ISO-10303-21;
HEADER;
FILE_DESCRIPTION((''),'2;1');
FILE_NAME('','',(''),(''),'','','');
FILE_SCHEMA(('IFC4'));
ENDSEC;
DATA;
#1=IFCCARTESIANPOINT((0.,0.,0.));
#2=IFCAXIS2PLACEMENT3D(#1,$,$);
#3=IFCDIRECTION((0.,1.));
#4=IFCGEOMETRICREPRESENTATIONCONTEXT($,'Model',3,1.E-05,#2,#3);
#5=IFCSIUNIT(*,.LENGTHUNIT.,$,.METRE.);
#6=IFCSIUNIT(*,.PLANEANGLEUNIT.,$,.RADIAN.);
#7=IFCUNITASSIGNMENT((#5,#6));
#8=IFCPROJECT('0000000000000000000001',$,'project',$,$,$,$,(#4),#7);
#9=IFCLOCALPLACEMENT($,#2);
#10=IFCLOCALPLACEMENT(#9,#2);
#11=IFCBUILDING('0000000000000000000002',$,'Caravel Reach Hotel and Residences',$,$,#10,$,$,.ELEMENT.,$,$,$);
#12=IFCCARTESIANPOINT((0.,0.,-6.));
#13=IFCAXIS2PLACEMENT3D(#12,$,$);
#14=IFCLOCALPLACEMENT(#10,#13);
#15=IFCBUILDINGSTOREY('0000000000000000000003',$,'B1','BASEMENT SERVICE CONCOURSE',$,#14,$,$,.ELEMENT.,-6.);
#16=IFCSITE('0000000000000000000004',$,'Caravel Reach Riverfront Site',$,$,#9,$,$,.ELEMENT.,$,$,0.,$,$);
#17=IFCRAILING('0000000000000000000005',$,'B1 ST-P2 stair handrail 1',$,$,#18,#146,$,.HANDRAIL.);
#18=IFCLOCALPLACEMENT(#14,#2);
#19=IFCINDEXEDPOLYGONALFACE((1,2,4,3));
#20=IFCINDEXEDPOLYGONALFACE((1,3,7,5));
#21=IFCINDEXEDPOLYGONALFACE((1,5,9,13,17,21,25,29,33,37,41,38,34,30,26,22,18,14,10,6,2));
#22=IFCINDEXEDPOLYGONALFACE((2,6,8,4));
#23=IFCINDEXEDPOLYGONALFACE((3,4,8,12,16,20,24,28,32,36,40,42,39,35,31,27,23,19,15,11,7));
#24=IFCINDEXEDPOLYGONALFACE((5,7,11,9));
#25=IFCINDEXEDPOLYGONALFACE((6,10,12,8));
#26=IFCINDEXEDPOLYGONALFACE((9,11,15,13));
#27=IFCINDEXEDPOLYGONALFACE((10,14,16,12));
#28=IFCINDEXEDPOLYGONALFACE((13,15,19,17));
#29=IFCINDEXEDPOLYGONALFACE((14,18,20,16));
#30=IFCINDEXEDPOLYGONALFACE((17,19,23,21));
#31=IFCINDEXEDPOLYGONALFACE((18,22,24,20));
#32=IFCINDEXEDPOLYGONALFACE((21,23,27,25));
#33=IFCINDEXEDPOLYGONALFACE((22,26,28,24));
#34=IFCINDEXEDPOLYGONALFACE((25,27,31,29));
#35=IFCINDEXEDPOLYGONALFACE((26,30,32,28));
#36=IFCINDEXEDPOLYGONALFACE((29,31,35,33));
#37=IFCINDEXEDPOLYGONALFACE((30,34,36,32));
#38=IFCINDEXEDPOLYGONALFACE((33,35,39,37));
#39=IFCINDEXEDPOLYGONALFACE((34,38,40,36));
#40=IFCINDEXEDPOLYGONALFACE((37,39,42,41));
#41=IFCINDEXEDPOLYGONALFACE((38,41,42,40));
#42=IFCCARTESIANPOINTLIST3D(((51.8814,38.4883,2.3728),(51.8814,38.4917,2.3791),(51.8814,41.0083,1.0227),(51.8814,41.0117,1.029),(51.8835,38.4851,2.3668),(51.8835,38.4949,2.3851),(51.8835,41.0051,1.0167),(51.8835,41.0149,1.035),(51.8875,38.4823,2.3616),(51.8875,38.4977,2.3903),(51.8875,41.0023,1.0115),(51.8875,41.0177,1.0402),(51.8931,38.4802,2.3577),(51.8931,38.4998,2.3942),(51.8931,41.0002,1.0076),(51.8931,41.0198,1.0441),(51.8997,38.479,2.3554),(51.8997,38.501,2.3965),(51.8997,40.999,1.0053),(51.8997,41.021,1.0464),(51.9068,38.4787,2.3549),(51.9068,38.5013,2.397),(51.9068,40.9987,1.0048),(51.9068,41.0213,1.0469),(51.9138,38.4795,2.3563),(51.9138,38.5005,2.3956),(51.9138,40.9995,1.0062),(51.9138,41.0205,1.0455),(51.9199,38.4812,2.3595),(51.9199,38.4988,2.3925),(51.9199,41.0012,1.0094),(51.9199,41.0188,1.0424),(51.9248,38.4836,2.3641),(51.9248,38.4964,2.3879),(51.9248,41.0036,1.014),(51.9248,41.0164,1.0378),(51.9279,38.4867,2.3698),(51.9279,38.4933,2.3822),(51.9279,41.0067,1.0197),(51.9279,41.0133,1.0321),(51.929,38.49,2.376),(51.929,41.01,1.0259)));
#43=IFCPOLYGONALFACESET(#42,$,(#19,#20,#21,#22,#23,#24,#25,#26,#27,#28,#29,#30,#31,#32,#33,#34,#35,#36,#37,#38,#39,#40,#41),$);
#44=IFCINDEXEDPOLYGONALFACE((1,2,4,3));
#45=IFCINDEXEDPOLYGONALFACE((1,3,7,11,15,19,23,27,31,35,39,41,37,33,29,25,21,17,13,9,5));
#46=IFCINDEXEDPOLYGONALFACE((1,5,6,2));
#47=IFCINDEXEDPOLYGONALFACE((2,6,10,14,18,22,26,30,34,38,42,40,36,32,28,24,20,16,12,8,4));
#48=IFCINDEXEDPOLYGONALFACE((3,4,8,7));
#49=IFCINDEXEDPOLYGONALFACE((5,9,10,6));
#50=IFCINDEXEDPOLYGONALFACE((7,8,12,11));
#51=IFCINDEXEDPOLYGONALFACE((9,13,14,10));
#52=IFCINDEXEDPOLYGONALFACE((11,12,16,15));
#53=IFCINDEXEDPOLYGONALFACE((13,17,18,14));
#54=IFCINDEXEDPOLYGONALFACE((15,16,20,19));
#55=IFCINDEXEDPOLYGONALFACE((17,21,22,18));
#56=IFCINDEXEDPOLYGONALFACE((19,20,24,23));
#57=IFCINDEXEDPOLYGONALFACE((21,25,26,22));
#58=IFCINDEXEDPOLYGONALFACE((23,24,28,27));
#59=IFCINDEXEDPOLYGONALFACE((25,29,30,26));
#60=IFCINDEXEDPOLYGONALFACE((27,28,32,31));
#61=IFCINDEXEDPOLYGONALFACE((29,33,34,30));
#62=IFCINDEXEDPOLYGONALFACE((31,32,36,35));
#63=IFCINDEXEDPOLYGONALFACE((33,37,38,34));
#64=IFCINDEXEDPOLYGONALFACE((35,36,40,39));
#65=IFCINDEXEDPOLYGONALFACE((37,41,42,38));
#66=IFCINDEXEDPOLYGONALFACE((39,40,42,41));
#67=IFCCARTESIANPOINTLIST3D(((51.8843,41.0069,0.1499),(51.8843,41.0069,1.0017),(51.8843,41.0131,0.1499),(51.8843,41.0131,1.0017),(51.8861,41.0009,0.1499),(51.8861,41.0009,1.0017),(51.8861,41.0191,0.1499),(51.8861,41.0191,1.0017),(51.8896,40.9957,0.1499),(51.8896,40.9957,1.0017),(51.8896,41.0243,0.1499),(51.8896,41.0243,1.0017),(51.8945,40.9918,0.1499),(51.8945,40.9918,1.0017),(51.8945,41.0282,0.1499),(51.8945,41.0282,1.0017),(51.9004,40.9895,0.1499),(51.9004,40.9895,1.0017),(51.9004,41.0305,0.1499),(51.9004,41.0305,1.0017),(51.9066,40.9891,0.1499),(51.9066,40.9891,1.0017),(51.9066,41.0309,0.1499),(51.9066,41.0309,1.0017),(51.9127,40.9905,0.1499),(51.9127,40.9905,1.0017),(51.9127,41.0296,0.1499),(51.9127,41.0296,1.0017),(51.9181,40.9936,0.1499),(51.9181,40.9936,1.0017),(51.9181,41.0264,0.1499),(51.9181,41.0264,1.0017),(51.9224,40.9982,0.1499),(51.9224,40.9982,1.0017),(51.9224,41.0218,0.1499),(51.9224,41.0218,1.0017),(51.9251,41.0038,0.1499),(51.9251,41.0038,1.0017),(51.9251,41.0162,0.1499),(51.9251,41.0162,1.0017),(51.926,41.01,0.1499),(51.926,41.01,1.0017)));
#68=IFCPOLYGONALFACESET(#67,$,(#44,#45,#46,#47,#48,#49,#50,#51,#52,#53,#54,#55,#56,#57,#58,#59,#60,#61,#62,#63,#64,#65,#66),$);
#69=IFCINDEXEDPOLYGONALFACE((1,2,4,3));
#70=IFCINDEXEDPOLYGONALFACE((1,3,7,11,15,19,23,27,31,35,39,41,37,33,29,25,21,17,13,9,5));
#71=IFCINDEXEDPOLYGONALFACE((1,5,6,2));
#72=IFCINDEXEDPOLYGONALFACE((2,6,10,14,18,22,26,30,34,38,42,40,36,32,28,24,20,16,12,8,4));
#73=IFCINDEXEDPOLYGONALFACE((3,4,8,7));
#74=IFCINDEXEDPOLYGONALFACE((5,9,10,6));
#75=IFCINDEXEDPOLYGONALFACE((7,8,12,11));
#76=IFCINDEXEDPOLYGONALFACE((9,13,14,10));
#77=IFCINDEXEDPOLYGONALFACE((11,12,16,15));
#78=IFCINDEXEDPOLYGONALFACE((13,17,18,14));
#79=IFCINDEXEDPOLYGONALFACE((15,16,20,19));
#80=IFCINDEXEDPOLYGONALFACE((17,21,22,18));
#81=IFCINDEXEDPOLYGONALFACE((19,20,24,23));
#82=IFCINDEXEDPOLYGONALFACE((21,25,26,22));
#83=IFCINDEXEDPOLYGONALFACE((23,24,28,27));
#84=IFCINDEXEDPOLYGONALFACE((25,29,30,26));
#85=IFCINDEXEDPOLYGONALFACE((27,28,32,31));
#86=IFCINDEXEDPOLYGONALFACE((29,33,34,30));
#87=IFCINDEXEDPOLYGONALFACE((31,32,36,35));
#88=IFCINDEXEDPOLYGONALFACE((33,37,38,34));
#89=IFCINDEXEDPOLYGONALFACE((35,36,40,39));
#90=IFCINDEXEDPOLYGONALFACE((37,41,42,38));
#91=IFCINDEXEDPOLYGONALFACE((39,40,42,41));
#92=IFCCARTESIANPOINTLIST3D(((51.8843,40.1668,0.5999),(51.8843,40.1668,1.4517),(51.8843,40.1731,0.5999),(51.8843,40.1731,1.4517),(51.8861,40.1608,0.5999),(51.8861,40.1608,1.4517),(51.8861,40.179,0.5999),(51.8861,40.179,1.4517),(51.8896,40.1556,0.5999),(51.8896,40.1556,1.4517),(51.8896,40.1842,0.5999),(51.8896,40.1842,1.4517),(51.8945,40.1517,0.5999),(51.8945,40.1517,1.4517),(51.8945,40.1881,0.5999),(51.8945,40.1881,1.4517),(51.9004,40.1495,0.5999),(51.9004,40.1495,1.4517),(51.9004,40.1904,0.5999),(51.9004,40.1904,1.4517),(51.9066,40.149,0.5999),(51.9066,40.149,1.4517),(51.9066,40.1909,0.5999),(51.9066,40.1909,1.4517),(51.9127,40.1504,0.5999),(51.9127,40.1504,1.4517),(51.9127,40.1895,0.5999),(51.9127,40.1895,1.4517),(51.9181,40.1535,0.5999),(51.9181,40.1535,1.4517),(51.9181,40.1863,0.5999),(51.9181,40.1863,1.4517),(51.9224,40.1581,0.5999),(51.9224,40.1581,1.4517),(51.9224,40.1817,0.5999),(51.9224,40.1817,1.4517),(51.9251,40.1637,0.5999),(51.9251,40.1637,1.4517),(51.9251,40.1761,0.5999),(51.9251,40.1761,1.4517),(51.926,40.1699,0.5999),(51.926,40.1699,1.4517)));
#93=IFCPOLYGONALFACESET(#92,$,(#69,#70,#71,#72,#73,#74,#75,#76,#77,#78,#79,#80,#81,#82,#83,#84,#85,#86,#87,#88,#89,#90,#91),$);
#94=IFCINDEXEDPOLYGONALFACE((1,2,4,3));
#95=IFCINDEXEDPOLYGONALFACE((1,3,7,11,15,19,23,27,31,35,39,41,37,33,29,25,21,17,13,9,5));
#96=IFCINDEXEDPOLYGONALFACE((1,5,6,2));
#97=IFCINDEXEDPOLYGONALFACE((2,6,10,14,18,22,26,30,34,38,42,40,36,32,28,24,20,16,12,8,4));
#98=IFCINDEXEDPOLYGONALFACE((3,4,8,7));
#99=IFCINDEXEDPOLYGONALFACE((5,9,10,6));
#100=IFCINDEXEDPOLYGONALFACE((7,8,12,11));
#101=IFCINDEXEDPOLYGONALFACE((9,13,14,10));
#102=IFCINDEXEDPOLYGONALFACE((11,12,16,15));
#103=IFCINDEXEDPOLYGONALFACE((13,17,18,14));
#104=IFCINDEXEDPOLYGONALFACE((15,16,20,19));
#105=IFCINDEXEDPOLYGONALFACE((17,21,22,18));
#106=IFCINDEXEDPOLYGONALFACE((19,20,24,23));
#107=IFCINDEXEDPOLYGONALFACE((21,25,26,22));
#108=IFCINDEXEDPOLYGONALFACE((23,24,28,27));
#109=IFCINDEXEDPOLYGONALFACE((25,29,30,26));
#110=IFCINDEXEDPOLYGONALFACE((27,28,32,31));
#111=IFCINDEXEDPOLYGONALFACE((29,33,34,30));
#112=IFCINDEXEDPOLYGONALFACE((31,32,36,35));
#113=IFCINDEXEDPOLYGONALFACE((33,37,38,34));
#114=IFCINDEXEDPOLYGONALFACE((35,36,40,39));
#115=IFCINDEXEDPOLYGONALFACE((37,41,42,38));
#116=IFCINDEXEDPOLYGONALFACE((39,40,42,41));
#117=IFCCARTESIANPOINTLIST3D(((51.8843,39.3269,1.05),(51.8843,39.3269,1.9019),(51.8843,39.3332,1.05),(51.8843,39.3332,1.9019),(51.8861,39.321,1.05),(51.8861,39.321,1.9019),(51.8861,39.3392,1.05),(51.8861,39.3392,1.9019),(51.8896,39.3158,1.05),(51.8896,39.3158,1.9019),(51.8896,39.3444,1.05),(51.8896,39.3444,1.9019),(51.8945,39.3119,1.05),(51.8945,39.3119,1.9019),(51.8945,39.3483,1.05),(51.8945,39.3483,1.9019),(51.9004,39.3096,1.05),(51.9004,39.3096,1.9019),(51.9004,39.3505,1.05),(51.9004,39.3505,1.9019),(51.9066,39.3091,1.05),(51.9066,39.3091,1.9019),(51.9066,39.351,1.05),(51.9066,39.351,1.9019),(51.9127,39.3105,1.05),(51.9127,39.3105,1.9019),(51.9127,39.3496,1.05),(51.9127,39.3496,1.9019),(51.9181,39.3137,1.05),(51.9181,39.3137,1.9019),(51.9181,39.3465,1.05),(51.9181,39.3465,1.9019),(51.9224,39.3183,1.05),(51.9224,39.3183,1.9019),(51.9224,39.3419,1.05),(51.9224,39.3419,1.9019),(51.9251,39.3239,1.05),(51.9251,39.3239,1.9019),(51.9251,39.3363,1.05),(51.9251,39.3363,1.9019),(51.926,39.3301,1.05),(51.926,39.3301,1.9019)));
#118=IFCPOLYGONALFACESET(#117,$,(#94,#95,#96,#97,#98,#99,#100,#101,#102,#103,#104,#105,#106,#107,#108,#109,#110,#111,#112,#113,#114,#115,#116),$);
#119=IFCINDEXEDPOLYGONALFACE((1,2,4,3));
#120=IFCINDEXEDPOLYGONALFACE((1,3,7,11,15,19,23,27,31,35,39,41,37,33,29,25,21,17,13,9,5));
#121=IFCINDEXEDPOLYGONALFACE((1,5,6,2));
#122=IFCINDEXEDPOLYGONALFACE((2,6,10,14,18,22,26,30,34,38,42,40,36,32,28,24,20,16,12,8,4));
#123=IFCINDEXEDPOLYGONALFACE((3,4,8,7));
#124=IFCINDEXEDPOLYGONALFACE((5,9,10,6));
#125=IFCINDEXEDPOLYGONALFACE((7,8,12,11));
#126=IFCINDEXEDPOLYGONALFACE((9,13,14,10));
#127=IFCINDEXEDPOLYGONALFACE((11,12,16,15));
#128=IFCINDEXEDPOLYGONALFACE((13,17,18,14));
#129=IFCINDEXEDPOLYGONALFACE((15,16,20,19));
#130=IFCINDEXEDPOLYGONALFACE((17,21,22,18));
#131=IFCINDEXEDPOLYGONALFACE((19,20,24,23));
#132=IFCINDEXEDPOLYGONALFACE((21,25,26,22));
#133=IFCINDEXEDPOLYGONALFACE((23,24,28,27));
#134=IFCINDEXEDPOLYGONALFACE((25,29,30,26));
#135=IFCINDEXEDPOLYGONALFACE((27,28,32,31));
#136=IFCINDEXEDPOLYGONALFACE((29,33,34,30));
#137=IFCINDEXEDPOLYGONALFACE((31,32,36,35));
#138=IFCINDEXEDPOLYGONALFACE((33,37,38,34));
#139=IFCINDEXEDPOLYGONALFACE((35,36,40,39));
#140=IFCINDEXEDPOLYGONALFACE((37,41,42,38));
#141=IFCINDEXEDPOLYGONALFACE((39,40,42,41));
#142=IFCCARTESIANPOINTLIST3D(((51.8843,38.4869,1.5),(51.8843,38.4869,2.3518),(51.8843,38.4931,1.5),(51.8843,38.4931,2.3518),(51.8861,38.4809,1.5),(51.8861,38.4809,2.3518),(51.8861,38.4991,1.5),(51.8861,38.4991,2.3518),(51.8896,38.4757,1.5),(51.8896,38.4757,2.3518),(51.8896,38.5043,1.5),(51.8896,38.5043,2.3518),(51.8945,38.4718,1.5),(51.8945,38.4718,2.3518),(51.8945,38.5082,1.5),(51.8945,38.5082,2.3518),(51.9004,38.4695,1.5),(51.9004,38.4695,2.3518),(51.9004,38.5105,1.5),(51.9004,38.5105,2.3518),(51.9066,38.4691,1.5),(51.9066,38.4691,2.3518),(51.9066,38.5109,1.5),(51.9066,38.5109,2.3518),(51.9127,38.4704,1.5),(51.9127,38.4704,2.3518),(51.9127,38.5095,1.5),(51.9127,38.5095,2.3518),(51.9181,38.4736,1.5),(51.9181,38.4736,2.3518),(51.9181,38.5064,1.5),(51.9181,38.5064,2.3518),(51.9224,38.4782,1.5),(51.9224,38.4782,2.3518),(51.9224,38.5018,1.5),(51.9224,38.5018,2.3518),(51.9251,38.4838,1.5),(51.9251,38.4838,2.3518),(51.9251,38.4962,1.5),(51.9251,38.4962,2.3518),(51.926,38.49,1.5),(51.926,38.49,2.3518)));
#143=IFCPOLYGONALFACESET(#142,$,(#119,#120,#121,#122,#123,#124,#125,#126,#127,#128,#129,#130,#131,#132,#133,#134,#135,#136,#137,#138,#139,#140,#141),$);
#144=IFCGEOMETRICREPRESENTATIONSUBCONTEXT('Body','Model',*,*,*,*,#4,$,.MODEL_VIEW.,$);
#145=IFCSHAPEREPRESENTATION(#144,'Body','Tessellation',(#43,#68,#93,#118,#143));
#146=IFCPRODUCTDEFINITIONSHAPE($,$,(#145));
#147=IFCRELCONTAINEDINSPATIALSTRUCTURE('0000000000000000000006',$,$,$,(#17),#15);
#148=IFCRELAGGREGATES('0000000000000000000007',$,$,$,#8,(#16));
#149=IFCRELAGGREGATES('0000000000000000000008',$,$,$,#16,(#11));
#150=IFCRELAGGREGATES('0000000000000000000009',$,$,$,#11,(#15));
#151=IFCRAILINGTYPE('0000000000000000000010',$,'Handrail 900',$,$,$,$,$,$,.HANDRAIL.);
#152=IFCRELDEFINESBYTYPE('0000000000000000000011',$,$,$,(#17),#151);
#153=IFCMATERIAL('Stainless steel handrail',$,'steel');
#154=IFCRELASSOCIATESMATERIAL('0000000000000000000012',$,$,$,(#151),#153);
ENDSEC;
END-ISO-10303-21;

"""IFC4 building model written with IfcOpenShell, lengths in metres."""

from ifc_helpers import new_model, si_unit, direction, frame, origin, origin_2d, place, context, subcontext, project, spatial, circle, extrude, material, type_object, element, save


model = new_model("IFC4")

# Units and contexts
model_context = context("Model", 3, precision=1e-05, world=origin(), true_north=direction((0.0, 1.0)))
body_context = subcontext(model_context, "Body", "Model", "MODEL_VIEW")
ifc_project = project(units=[si_unit("LENGTHUNIT", "METRE"), si_unit("PLANEANGLEUNIT", "RADIAN")], contexts=[model_context])

# Site, building, storey
site_placement = place(None, origin())
site = spatial("IfcSite", under=ifc_project, at=site_placement, Name="Caravel Reach Riverfront Site", CompositionType="ELEMENT", RefElevation=0.0)
building_placement = place(site_placement, origin())
building = spatial("IfcBuilding", under=site, at=building_placement, Name="Caravel Reach Hotel and Residences", CompositionType="ELEMENT")
storey_placement = place(building_placement, frame((0.0, 0.0, -6.0)))
storey = spatial("IfcBuildingStorey", under=building, at=storey_placement, Name="B1", Description="BASEMENT SERVICE CONCOURSE", CompositionType="ELEMENT", Elevation=-6.0)

# Railing
ifc_material_1 = material(Name="Stainless steel handrail", Category="steel")
railing_type = type_object("IfcRailingType", Name="Handrail 900", PredefinedType="HANDRAIL", material=ifc_material_1)
for number, where, name in (
    (1, (51.905, 41.01, 0.1499), "B1 ST-P2 stair handrail 1"),
):
    element("IfcRailing", number, at=place(storey_placement, frame(where)), inside=storey, type_object=railing_type, Name=name, PredefinedType="HANDRAIL", context=body_context, shape_type="SweptSolid", body=[
        extrude(circle(Radius=0.0239, at=origin_2d()), frame((0.0, 0.0, 0.876), z_axis=(0.0, -0.881467, 0.472245), x_axis=(1.0, 0.0, 0.0)), (0.0, 0.0, 1.0), 2.8589),
        extrude(circle(Radius=0.021, at=origin_2d()), origin(), (0.0, 0.0, 1.0), 0.8518),
        extrude(circle(Radius=0.021, at=origin_2d()), frame((0.0, -0.8401, 0.45)), (0.0, 0.0, 1.0), 0.8518),
        extrude(circle(Radius=0.021, at=origin_2d()), frame((0.0, -1.6799, 0.9001)), (0.0, 0.0, 1.0), 0.8518),
        extrude(circle(Radius=0.021, at=origin_2d()), frame((0.0, -2.52, 1.3501)), (0.0, 0.0, 1.0), 0.8518),
    ])

save(model, "model.ifc")
